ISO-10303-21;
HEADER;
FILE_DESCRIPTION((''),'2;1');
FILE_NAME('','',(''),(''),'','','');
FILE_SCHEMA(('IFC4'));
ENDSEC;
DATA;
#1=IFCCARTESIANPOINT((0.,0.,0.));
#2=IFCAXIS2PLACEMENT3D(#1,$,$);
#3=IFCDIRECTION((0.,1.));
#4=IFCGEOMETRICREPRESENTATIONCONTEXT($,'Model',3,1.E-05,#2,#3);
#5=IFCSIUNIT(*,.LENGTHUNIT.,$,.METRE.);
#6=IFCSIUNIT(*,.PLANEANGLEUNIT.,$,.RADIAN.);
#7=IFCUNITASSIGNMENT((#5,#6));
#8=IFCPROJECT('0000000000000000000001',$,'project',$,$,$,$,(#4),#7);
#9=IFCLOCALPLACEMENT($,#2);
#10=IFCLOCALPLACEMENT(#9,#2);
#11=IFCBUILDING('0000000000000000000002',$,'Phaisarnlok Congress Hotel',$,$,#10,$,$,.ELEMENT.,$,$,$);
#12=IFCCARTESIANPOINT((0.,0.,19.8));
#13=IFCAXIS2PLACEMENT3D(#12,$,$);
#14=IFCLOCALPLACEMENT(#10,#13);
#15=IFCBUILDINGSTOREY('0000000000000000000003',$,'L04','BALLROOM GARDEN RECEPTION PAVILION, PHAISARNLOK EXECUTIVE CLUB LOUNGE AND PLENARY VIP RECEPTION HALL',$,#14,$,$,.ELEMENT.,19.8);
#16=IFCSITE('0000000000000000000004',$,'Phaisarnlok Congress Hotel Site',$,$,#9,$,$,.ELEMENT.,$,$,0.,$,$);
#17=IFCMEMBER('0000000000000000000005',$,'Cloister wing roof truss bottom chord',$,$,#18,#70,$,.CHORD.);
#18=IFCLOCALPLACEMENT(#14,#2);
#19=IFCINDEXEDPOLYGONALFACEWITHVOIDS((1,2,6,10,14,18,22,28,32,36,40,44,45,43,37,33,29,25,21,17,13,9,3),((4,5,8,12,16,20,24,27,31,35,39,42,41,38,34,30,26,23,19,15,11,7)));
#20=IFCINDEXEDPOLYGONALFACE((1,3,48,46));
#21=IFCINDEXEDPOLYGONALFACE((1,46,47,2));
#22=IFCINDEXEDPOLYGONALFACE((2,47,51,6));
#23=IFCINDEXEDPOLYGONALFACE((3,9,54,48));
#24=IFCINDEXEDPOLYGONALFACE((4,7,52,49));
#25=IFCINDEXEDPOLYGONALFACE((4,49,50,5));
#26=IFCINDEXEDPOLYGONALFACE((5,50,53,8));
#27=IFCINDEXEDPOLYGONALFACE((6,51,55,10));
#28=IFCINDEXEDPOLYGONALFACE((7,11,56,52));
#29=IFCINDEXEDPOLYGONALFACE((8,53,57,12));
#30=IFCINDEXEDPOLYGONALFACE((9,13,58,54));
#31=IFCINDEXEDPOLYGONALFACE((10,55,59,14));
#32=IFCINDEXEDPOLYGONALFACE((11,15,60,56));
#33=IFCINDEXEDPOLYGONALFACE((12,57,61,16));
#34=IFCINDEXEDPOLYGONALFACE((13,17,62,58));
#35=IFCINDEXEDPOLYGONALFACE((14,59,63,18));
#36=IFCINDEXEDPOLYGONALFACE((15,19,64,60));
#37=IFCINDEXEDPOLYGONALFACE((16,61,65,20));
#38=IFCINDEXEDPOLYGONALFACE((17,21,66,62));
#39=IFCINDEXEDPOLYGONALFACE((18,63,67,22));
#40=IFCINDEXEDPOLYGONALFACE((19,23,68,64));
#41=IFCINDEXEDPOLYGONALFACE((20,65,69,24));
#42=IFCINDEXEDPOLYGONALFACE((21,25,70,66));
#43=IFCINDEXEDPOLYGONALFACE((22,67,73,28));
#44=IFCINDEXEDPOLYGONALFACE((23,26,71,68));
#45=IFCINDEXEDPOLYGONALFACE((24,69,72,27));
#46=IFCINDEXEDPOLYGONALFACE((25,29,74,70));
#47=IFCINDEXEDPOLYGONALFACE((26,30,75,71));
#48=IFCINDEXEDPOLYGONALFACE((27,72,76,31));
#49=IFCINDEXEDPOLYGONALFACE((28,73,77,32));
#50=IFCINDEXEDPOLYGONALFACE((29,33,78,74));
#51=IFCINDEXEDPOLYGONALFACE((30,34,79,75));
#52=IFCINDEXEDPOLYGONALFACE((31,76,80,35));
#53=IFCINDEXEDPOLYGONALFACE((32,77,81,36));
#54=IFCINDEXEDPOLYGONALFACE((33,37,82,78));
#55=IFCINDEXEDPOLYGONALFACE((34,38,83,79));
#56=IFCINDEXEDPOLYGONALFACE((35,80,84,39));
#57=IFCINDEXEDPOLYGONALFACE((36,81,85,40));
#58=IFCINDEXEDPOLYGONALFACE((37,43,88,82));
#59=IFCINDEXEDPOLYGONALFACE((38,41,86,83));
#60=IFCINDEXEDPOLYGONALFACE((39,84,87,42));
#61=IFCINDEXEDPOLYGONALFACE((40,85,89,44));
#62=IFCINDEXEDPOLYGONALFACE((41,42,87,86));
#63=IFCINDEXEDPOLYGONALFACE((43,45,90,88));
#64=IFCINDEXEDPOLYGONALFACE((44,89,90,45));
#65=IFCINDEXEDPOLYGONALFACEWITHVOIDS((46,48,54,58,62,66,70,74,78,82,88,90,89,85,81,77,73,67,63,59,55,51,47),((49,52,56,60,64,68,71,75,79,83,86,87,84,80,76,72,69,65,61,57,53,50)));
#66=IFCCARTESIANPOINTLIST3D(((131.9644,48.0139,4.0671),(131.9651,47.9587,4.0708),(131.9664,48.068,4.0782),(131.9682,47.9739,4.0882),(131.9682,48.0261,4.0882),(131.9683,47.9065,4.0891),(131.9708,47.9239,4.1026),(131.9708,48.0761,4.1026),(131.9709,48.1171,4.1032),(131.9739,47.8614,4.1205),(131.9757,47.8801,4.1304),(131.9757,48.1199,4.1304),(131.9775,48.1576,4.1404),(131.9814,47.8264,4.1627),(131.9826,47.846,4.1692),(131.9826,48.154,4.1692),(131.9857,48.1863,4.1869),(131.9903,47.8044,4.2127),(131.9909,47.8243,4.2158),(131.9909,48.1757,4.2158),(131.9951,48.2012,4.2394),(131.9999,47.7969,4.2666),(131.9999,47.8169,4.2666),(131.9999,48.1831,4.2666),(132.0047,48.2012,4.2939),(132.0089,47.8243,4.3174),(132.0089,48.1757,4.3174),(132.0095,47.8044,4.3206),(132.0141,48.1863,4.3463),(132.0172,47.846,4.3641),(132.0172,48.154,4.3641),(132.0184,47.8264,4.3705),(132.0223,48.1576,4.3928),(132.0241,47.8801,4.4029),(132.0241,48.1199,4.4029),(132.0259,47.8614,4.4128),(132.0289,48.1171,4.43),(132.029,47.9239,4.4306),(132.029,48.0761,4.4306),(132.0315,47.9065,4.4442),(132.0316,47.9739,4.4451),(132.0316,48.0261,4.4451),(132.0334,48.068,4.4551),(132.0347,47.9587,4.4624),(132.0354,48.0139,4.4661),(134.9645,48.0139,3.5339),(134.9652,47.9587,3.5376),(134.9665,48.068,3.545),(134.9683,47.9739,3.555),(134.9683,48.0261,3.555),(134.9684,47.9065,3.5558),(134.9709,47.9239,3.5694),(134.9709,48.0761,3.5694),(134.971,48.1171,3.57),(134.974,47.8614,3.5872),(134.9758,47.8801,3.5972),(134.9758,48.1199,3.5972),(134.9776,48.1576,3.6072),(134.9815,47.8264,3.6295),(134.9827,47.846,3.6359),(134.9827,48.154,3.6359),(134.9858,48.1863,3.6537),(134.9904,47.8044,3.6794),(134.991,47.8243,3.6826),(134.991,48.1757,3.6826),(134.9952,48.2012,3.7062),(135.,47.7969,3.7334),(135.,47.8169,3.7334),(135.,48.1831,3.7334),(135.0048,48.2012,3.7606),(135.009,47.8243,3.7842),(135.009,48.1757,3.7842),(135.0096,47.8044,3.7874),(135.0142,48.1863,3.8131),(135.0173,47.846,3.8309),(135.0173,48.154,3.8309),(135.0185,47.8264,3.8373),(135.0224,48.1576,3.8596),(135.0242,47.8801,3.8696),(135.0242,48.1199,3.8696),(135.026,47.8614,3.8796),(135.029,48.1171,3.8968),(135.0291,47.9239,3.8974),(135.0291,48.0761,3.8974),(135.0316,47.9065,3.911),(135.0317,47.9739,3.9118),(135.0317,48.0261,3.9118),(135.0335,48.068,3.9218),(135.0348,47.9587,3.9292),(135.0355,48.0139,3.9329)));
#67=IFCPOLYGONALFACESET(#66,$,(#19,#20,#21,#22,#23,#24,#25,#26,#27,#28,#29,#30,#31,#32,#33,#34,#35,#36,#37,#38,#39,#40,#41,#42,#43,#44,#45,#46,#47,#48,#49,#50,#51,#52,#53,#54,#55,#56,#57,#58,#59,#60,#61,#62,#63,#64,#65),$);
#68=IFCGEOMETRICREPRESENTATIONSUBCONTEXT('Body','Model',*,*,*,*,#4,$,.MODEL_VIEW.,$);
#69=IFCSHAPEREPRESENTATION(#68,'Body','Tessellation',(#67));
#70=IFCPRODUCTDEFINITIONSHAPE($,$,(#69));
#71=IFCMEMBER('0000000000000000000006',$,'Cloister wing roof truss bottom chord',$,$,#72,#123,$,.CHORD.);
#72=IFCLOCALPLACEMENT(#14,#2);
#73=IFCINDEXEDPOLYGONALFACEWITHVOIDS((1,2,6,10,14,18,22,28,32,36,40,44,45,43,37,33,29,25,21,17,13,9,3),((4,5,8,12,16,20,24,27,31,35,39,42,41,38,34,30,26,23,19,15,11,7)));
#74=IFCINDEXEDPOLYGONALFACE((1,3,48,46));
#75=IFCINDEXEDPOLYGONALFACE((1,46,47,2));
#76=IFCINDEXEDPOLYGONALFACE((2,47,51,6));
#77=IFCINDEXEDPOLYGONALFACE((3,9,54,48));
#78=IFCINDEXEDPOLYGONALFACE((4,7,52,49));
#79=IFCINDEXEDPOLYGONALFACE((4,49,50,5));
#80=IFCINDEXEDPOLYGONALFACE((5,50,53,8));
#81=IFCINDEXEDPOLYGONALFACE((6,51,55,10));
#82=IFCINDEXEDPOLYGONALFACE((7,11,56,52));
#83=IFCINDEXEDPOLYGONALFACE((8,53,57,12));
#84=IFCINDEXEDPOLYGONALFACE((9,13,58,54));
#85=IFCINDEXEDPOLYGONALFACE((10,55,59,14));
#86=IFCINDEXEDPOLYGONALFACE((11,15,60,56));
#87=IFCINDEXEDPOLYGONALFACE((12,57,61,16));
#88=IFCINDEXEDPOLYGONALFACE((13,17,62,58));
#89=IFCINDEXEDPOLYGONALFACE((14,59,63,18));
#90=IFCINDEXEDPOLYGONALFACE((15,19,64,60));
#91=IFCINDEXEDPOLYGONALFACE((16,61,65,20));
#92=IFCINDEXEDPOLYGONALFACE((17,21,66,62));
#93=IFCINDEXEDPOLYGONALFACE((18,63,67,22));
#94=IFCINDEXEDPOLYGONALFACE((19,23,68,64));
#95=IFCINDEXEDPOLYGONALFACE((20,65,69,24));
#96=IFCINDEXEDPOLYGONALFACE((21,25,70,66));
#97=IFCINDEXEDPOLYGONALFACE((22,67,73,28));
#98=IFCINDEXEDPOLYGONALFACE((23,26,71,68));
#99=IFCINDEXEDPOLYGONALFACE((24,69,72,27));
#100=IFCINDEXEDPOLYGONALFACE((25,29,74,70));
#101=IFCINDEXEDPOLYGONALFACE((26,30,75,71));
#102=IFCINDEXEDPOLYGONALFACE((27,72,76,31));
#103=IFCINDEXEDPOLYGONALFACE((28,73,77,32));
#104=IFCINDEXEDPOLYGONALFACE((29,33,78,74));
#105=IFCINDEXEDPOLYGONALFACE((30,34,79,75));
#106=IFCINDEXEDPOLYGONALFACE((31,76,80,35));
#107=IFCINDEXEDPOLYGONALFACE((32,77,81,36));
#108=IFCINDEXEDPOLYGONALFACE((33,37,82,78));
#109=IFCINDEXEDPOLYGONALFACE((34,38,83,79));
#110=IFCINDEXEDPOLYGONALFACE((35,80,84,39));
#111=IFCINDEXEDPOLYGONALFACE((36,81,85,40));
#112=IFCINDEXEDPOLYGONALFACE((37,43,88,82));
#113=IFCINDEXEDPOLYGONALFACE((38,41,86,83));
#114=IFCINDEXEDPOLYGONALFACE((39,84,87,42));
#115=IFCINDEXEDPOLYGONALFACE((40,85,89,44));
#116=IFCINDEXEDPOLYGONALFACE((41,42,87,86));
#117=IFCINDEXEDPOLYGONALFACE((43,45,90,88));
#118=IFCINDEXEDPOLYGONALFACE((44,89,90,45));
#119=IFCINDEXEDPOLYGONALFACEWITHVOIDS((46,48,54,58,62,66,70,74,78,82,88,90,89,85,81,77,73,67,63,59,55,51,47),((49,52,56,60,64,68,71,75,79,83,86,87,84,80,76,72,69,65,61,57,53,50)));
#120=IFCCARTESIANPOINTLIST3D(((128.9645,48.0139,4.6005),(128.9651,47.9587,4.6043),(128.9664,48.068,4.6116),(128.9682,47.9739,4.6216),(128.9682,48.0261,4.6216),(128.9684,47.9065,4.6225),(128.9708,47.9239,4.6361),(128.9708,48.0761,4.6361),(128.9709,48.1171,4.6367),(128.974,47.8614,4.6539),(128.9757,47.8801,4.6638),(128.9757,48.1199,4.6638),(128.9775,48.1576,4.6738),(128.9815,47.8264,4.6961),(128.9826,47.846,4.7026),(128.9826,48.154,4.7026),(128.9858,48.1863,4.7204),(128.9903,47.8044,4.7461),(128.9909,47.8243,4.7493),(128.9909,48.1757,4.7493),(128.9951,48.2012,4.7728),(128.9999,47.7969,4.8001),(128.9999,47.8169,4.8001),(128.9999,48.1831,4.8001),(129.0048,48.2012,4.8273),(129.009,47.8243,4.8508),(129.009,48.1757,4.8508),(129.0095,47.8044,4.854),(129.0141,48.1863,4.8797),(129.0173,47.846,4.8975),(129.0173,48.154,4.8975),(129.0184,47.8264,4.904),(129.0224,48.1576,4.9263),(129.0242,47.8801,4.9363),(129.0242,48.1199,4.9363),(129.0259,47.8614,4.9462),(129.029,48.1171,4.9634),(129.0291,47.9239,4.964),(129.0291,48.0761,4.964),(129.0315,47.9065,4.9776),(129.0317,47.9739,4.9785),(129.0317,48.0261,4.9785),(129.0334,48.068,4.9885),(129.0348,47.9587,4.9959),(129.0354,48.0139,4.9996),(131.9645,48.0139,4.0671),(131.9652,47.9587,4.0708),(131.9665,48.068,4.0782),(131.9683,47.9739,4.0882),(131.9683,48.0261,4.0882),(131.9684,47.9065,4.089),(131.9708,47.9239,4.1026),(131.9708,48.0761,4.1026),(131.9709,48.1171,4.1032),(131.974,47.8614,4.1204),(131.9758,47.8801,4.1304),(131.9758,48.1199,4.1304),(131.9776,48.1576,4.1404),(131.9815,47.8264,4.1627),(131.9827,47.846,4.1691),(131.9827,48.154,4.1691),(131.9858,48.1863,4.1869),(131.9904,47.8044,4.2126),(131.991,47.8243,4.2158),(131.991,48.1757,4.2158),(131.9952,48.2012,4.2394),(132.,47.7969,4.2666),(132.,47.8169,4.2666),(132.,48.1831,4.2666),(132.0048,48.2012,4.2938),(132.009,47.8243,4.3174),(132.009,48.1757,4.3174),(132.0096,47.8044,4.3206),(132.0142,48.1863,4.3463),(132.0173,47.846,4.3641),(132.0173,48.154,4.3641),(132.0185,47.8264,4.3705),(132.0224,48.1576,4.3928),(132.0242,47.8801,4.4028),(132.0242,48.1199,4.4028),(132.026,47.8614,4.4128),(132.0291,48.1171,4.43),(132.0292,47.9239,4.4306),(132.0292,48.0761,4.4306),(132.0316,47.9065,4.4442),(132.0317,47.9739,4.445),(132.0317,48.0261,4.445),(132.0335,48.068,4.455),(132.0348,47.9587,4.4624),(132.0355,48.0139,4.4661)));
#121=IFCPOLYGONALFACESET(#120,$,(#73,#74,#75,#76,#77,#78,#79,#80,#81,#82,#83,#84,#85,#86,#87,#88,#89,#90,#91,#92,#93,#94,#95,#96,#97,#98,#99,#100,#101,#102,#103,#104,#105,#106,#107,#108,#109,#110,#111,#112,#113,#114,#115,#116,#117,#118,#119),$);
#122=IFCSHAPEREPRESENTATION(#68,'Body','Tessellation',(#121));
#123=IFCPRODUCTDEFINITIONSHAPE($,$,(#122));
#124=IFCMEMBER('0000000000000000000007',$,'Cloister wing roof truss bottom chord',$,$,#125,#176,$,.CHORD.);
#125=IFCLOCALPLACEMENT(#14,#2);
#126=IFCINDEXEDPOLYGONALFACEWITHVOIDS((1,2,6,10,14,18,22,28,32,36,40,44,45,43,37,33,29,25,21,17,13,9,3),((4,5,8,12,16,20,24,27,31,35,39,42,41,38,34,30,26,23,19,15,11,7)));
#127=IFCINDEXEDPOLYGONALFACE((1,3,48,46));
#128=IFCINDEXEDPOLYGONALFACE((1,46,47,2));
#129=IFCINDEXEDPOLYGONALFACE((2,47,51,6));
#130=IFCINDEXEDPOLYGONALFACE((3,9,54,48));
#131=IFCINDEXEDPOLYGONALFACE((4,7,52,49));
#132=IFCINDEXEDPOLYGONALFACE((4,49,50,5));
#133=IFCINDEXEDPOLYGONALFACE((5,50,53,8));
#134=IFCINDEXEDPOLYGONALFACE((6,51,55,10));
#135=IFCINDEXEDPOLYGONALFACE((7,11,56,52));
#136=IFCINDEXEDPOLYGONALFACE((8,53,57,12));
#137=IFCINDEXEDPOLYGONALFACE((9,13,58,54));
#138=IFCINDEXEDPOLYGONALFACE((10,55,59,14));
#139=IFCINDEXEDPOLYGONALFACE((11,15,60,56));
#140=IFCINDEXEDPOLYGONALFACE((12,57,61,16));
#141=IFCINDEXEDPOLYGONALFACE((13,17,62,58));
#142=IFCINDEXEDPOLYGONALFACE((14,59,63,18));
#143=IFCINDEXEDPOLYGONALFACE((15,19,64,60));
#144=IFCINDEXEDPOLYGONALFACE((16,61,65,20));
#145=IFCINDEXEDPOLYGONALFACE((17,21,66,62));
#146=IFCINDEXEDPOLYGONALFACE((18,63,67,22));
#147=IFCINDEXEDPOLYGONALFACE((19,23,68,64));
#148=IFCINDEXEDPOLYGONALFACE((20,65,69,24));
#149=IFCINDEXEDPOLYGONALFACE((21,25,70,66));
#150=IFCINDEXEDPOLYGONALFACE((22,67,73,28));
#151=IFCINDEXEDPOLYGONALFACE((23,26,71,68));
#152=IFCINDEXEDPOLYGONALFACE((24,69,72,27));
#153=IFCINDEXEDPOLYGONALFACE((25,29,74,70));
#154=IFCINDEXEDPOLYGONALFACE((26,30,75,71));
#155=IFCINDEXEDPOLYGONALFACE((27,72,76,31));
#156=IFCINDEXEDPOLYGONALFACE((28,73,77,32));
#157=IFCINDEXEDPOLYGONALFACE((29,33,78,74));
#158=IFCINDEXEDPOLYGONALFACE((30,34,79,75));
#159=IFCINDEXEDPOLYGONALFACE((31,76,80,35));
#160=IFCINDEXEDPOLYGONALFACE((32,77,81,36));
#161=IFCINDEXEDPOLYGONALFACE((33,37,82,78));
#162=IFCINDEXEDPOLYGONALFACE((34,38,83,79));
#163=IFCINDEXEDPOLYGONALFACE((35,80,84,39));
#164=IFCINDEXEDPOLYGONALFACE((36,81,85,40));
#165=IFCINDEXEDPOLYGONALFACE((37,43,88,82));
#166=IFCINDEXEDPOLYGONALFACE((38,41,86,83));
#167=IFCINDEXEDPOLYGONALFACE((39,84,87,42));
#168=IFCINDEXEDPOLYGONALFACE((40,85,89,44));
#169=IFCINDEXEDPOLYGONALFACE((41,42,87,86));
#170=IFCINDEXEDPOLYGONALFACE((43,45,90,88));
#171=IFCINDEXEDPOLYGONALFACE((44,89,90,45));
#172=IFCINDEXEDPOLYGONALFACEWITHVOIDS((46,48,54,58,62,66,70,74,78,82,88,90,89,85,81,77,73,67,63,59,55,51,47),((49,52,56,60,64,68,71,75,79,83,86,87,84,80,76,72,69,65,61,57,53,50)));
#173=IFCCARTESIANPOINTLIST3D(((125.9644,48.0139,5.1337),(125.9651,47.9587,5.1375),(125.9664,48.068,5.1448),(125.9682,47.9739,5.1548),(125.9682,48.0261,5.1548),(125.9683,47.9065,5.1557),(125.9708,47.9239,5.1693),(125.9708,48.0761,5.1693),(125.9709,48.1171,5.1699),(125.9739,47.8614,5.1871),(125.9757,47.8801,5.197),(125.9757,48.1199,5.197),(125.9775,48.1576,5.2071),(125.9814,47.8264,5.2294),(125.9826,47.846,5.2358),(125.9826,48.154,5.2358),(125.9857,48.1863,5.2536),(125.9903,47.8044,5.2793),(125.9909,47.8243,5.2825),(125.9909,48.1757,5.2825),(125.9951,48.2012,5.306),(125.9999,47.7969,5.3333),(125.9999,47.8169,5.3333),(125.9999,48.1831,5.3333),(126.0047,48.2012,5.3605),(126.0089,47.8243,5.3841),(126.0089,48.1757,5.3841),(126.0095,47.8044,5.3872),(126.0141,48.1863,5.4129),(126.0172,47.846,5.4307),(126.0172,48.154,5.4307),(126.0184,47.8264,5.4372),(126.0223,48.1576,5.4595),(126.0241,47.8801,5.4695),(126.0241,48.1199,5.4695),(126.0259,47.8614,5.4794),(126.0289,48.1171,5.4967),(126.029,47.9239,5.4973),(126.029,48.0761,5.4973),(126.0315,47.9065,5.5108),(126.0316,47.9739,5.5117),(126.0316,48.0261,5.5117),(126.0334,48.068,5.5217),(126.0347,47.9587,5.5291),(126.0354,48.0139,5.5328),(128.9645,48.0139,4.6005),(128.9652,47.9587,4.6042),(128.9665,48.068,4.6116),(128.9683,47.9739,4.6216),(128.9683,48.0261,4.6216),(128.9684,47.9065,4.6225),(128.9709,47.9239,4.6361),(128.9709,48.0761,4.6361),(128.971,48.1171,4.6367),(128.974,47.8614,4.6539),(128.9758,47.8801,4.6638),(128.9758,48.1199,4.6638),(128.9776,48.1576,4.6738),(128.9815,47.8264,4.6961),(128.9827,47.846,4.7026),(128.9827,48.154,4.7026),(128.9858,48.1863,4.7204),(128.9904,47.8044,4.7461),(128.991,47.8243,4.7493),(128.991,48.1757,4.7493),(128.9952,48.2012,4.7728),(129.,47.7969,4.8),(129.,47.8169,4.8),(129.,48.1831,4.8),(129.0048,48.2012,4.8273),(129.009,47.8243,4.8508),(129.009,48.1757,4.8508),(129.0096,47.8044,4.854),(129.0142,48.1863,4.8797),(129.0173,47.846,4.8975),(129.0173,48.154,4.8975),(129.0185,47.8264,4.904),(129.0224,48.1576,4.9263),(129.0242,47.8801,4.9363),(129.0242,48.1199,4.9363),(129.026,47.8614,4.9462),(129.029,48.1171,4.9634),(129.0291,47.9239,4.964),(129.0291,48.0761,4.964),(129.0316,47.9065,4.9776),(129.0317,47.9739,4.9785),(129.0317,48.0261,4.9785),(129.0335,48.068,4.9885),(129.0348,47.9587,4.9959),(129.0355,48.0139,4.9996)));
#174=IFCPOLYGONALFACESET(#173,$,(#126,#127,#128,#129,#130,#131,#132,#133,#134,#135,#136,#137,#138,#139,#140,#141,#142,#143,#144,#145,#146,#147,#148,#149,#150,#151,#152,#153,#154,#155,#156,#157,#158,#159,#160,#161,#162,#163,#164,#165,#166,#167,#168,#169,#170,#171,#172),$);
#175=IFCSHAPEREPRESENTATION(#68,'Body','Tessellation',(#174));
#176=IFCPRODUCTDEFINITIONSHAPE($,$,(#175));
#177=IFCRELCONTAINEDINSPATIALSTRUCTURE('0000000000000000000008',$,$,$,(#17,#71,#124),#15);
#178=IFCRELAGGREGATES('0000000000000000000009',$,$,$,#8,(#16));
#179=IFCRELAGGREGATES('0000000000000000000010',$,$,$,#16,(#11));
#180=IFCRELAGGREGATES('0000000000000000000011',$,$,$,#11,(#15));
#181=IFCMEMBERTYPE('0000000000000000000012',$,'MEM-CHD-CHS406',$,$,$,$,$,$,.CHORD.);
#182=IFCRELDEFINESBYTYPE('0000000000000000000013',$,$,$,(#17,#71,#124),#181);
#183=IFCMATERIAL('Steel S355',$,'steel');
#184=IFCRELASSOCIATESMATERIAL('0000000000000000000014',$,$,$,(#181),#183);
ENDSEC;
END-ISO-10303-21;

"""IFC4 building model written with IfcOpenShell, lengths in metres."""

from ifc_helpers import new_model, si_unit, direction, frame, origin, origin_2d, place, context, subcontext, project, spatial, hollow_circle, extrude, material, material_profile, profile_set, type_object, element, save


model = new_model("IFC4")

# Units and contexts
model_context = context("Model", 3, precision=1e-05, world=origin(), true_north=direction((0.0, 1.0)))
body_context = subcontext(model_context, "Body", "Model", "MODEL_VIEW")
ifc_project = project(units=[si_unit("LENGTHUNIT", "METRE"), si_unit("PLANEANGLEUNIT", "RADIAN")], contexts=[model_context])

# Site, building, storey
site_placement = place(None, origin())
site = spatial("IfcSite", under=ifc_project, at=site_placement, Name="Phaisarnlok Congress Hotel Site", CompositionType="ELEMENT", RefElevation=0.0)
building_placement = place(site_placement, origin())
building = spatial("IfcBuilding", under=site, at=building_placement, Name="Phaisarnlok Congress Hotel", CompositionType="ELEMENT")
storey_placement = place(building_placement, frame((0.0, 0.0, 19.8)))
storey = spatial("IfcBuildingStorey", under=building, at=storey_placement, Name="L04", Description="BALLROOM GARDEN RECEPTION PAVILION, PHAISARNLOK EXECUTIVE CLUB LOUNGE AND PLENARY VIP RECEPTION HALL", CompositionType="ELEMENT", Elevation=19.8)

# Shared definitions
ifc_material_1 = material(Name="Steel S355", Category="steel")

# Members
ifc_material_profile_1 = material_profile(ifc_material_1, hollow_circle(Radius=0.2031, WallThickness=0.02, at=origin_2d()), Name="CHS 406.4x20")
ifc_profile_set_1 = profile_set([ifc_material_profile_1], Name="Steel S355")
member_type_1 = type_object("IfcMemberType", Name="MEM-CHD-CHS406", PredefinedType="CHORD", material=ifc_profile_set_1)
for number, where, z_axis, x_axis, name in (
    (1, (135.0, 48.0, 3.7334), (-0.98457, 0.0, 0.174992), (0.0, -1.0, 0.0), "Cloister wing roof truss bottom chord"),
    (2, (132.0, 48.0, 4.2666), (-0.984556, 0.0, 0.17507), (0.0, -1.0, 0.0), "Cloister wing roof truss bottom chord"),
    (3, (129.0, 48.0, 4.8), (-0.98457, 0.0, 0.174992), (0.0, -1.0, 0.0), "Cloister wing roof truss bottom chord"),
):
    element("IfcMember", number, at=place(storey_placement, frame(where, z_axis=z_axis, x_axis=x_axis)), inside=storey, type_object=member_type_1, Name=name, PredefinedType="CHORD", context=body_context, shape_type="SweptSolid", body=[
        extrude(hollow_circle(Radius=0.2031, WallThickness=0.02, at=origin_2d()), origin(), (0.0, 0.0, 1.0), 3.0471),
    ])

save(model, "model.ifc")
